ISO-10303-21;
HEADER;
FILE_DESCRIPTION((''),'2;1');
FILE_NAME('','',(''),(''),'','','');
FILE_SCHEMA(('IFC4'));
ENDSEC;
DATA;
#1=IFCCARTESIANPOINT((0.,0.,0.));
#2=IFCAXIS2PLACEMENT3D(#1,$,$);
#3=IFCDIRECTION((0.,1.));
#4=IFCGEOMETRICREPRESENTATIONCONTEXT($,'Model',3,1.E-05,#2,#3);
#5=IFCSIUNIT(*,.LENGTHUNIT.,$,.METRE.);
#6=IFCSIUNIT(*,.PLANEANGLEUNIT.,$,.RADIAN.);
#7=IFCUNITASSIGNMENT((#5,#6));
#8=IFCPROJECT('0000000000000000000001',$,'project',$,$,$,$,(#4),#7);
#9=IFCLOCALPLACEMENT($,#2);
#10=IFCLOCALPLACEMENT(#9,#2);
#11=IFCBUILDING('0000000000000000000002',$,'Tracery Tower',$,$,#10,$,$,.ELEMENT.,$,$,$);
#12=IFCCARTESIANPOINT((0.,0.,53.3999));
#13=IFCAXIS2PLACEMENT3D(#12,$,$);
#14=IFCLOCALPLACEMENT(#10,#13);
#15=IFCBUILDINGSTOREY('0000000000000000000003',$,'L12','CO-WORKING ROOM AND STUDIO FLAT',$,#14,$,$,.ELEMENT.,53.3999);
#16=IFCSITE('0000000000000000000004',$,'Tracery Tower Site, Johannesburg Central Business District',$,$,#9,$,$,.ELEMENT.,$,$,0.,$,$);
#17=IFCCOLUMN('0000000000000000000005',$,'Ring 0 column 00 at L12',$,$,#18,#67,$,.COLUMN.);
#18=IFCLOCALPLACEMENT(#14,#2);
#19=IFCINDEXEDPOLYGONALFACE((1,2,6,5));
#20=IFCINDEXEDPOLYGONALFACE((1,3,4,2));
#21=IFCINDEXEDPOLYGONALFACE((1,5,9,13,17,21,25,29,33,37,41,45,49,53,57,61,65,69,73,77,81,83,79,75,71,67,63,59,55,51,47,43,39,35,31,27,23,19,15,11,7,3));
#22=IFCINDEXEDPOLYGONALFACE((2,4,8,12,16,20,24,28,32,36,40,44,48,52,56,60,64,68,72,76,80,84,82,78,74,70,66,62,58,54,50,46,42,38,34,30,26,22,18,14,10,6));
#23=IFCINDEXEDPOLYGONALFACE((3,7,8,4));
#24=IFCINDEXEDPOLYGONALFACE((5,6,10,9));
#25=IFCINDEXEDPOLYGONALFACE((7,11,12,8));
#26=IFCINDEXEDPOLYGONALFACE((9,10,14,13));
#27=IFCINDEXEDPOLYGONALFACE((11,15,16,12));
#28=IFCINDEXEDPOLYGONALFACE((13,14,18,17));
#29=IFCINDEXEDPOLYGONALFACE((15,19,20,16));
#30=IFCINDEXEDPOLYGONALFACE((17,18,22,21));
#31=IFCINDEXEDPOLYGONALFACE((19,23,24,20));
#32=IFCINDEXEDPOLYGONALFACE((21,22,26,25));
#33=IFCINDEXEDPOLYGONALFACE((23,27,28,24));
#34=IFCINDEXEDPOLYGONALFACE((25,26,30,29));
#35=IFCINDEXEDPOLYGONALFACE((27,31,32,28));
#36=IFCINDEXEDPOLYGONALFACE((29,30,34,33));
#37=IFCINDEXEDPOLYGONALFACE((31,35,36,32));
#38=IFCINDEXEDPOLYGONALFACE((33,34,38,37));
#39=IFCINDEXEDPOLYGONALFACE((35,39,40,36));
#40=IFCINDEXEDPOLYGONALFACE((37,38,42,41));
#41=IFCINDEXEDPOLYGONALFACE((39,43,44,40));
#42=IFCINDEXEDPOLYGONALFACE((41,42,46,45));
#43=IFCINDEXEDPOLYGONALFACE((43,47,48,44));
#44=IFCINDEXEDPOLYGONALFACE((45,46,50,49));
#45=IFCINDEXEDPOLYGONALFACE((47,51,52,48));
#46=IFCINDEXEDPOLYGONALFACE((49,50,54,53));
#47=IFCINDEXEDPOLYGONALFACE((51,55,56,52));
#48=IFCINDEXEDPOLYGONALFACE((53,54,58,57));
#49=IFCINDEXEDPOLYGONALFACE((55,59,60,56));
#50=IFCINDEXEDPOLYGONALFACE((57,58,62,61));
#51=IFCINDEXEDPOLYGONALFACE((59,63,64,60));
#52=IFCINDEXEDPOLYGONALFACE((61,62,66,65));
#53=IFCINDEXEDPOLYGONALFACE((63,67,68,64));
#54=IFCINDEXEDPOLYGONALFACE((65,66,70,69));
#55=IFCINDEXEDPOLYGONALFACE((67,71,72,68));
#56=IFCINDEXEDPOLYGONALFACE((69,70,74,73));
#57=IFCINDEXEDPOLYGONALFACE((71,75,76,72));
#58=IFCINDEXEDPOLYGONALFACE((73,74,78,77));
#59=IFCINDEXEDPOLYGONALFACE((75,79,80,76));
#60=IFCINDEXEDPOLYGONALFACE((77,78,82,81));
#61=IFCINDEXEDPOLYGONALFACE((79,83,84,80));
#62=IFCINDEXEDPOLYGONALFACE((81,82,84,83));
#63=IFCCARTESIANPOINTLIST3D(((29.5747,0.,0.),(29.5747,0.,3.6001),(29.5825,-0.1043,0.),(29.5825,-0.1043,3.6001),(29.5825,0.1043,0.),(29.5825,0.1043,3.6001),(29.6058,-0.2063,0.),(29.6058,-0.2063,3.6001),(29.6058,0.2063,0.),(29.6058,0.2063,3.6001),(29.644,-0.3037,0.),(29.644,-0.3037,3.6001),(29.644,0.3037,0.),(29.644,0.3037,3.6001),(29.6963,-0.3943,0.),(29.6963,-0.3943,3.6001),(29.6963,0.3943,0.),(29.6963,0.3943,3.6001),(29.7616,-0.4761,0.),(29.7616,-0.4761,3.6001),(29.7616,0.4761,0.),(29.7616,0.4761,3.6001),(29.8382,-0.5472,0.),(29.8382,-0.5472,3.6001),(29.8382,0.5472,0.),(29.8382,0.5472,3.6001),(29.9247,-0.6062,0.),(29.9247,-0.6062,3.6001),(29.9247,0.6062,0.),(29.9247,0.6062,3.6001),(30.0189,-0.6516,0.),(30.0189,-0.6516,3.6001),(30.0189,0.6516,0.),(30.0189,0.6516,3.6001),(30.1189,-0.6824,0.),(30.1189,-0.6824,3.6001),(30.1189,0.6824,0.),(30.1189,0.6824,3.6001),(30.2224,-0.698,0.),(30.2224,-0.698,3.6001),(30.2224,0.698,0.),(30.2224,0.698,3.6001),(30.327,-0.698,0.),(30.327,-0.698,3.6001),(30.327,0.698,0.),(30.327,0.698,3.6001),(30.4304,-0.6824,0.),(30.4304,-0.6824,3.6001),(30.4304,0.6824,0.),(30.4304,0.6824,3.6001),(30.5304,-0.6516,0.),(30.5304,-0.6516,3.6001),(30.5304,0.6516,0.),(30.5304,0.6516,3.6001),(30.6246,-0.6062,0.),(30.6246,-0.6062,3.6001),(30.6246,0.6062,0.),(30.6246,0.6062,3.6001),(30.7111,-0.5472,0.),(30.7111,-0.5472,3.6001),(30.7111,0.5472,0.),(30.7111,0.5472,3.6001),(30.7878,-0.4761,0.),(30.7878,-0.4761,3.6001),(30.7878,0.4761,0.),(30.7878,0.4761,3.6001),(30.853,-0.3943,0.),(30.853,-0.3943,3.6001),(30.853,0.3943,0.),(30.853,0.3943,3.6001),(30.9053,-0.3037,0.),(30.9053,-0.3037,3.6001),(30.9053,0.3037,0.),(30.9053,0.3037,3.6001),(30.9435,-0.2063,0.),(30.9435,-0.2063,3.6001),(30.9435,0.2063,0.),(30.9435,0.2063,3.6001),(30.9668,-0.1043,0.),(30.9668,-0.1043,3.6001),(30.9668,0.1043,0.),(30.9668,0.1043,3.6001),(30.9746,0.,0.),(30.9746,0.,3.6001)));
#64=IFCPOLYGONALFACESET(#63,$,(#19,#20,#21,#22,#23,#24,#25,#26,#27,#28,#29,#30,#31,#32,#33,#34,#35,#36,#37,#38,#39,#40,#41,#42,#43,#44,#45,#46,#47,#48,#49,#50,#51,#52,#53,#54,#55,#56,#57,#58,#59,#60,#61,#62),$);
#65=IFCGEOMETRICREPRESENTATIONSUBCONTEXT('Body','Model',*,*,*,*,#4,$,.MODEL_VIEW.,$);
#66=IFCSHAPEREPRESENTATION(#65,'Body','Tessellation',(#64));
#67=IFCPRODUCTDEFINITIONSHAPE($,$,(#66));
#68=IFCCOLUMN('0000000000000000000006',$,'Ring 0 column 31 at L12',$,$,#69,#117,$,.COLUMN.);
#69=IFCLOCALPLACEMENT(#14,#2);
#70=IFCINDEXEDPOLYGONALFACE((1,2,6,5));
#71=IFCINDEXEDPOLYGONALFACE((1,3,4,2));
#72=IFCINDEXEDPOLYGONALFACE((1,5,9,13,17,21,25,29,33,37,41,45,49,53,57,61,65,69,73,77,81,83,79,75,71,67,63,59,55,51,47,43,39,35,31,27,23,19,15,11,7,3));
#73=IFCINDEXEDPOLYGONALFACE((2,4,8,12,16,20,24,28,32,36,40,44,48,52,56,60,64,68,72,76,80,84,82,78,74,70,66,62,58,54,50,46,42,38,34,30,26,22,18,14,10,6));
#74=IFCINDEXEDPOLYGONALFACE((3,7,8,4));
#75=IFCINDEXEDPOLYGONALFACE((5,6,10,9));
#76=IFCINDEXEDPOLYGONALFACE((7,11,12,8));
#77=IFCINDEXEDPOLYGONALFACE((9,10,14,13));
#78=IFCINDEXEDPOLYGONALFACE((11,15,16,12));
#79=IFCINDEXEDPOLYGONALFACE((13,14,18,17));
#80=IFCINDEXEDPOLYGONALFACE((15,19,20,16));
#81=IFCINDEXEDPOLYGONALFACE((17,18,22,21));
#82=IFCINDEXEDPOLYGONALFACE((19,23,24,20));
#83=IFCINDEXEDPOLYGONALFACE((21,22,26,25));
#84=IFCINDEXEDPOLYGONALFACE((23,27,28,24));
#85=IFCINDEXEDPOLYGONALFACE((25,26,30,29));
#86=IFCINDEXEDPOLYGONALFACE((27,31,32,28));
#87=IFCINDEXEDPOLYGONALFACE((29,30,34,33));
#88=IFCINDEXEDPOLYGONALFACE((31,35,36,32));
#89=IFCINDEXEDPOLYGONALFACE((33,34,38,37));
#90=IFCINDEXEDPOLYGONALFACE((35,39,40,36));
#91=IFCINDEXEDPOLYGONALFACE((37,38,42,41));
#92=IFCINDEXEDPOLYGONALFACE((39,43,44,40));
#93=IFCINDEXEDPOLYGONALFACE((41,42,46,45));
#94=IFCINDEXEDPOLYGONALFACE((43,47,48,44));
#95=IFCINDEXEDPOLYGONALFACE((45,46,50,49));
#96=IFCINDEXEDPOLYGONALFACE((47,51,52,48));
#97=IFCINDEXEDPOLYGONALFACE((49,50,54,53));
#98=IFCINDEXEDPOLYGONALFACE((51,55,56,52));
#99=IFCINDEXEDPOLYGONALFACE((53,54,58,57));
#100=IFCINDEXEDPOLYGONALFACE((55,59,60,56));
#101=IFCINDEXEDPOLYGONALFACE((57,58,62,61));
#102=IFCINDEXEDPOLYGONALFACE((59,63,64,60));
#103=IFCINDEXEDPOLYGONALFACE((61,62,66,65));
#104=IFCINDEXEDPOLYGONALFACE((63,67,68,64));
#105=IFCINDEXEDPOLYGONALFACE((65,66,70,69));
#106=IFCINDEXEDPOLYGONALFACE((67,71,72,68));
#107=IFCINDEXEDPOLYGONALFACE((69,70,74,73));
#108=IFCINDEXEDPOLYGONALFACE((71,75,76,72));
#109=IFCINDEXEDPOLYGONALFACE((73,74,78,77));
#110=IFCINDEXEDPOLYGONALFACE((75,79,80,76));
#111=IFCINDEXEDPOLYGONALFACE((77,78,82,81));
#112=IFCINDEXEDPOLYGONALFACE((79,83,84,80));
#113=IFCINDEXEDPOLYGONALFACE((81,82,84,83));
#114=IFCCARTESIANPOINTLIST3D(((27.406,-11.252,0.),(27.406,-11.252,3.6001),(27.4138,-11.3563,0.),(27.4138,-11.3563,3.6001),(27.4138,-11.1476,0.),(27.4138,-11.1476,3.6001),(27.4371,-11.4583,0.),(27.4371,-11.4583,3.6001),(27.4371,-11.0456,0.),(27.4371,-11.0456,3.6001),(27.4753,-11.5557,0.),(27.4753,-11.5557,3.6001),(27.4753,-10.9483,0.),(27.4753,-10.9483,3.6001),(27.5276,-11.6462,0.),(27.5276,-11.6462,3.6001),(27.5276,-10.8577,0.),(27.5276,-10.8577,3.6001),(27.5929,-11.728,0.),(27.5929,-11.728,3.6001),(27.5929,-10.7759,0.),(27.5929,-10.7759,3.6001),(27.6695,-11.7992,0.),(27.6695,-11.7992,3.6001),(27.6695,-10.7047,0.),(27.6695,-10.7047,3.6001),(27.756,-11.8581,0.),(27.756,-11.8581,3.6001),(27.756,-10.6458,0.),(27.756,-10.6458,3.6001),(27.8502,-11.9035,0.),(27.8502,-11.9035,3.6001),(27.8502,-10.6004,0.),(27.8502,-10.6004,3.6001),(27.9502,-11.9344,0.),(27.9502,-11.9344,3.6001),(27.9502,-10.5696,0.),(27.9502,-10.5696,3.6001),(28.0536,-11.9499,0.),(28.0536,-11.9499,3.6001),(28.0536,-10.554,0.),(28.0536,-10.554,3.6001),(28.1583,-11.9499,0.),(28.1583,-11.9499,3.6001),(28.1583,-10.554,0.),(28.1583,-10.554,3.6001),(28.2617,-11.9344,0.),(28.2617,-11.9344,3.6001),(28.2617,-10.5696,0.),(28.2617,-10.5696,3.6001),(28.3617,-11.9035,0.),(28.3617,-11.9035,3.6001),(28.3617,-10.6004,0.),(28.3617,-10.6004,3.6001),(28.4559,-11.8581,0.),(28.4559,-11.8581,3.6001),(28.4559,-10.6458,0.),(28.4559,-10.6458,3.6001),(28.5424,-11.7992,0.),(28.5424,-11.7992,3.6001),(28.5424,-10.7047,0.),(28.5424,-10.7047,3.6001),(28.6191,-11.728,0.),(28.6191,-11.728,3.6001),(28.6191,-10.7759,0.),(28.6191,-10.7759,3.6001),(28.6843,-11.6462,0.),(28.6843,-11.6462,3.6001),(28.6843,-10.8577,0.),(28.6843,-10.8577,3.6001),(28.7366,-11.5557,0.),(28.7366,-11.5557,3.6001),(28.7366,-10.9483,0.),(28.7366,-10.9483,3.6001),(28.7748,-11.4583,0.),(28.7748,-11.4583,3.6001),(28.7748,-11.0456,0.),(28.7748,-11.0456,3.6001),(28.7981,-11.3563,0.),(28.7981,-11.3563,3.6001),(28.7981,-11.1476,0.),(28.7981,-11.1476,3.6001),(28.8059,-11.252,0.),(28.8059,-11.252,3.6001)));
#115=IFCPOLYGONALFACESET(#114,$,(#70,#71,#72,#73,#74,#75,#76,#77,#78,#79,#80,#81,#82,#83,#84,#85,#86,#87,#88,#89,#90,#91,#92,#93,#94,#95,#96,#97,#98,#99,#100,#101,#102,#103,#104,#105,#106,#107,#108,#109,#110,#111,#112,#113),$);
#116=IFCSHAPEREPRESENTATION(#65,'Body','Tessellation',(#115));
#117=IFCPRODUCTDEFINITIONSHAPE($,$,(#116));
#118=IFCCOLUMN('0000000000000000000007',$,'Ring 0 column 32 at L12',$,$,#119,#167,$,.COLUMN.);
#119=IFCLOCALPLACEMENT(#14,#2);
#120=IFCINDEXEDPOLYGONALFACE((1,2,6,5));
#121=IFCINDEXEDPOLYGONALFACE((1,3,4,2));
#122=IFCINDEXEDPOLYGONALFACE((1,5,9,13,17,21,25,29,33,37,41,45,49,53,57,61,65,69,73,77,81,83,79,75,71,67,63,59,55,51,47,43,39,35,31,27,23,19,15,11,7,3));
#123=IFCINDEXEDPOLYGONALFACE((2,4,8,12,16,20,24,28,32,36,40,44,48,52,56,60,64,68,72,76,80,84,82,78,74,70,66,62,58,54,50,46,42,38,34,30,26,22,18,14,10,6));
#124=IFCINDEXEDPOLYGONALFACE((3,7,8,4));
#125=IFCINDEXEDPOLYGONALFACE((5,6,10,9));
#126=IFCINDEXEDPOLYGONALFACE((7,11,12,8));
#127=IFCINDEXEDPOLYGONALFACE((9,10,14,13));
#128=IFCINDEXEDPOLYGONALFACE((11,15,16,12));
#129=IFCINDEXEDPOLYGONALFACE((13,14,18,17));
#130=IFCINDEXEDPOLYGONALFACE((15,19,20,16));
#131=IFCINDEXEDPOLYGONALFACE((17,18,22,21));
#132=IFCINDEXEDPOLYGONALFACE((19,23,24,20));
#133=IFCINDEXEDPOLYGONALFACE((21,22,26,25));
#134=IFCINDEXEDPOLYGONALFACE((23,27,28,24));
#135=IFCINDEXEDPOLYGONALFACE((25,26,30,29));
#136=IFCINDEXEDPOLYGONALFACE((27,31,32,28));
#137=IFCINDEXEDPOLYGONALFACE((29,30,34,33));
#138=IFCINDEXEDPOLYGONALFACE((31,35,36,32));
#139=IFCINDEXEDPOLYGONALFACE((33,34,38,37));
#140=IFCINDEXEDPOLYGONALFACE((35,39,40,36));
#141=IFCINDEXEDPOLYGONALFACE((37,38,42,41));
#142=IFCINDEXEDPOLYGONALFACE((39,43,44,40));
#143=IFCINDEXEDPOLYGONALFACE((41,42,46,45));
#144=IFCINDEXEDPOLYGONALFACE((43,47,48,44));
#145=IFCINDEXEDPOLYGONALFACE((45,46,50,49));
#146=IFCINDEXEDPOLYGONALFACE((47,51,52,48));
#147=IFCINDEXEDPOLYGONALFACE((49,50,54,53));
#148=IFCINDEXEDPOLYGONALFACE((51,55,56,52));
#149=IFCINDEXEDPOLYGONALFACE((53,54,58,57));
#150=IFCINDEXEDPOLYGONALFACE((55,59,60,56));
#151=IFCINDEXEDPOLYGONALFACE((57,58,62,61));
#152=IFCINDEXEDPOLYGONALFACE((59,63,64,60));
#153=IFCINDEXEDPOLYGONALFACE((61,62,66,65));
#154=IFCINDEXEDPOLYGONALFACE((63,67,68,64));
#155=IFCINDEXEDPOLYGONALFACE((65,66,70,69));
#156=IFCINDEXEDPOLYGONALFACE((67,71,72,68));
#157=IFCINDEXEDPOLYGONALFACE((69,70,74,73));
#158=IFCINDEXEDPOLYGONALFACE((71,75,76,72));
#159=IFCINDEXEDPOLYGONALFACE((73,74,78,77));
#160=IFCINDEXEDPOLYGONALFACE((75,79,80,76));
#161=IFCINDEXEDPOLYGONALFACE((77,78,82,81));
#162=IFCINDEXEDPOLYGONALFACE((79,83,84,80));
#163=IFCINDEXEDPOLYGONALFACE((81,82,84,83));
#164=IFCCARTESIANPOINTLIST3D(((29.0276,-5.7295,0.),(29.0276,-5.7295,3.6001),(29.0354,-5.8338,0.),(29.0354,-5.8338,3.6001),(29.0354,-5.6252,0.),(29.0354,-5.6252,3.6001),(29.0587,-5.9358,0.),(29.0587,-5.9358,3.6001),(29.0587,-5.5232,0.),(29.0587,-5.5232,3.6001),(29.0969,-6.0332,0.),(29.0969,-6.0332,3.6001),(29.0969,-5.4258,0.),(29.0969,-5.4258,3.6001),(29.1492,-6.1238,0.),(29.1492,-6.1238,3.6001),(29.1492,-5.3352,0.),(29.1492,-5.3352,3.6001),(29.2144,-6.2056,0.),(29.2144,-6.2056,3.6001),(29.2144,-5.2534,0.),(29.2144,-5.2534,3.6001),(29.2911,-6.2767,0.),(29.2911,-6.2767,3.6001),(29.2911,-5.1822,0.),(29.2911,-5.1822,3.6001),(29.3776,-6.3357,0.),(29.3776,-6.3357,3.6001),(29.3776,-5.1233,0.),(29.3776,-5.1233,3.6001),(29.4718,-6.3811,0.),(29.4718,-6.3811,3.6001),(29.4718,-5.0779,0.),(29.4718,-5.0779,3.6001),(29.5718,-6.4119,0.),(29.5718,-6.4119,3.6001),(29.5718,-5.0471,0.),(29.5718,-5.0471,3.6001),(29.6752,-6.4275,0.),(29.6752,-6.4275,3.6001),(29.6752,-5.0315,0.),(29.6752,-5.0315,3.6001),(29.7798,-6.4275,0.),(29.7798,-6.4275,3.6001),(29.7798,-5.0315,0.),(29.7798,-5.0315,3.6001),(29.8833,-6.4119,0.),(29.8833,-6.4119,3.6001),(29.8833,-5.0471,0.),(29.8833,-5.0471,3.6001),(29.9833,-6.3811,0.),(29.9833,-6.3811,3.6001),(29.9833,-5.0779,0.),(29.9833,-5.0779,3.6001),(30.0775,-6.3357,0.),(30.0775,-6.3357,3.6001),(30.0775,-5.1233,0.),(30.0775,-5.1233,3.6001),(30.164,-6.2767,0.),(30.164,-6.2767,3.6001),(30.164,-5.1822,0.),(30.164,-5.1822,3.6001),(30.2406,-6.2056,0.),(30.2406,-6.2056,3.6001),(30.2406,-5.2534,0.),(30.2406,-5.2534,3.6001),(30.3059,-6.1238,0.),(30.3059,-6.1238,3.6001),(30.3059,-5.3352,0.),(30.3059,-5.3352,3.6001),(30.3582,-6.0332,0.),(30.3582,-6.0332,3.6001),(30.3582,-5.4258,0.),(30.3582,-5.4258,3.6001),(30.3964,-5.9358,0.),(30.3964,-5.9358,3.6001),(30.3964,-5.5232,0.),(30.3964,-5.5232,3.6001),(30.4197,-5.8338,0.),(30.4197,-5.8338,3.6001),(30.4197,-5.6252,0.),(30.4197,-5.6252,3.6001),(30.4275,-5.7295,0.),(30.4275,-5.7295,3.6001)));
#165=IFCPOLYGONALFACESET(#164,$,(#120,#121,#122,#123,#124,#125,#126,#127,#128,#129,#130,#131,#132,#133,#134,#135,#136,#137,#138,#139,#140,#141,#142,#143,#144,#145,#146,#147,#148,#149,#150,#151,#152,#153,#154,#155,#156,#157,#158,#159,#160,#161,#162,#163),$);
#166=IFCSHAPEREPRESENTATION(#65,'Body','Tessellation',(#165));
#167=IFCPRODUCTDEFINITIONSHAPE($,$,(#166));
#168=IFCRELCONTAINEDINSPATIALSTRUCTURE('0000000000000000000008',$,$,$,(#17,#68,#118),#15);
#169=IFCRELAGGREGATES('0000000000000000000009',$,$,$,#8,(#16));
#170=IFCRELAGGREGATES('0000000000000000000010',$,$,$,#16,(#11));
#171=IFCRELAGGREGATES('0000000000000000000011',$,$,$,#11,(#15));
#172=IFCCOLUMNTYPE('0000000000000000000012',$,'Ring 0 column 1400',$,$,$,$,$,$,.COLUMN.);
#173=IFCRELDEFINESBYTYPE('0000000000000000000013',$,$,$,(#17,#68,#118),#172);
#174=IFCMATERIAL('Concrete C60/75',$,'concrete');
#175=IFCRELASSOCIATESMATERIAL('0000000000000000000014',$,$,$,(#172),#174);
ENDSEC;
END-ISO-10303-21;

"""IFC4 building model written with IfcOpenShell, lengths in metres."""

from ifc_helpers import new_model, si_unit, direction, frame, origin, origin_2d, place, context, subcontext, project, spatial, circle, extrude, material, material_profile, profile_set, type_object, element, save


model = new_model("IFC4")

# Units and contexts
model_context = context("Model", 3, precision=1e-05, world=origin(), true_north=direction((0.0, 1.0)))
body_context = subcontext(model_context, "Body", "Model", "MODEL_VIEW")
ifc_project = project(units=[si_unit("LENGTHUNIT", "METRE"), si_unit("PLANEANGLEUNIT", "RADIAN")], contexts=[model_context])

# Site, building, storey
site_placement = place(None, origin())
site = spatial("IfcSite", under=ifc_project, at=site_placement, Name="Tracery Tower Site, Johannesburg Central Business District", CompositionType="ELEMENT", RefElevation=0.0)
building_placement = place(site_placement, origin())
building = spatial("IfcBuilding", under=site, at=building_placement, Name="Tracery Tower", CompositionType="ELEMENT")
storey_placement = place(building_placement, frame((0.0, 0.0, 53.3999)))
storey = spatial("IfcBuildingStorey", under=building, at=storey_placement, Name="L12", Description="CO-WORKING ROOM AND STUDIO FLAT", CompositionType="ELEMENT", Elevation=53.3999)

# Columns
ifc_material_1 = material(Name="Concrete C60/75", Category="concrete")
ifc_material_profile_1 = material_profile(ifc_material_1, circle(Radius=0.7, at=origin_2d()), Name="RC D1400")
ifc_profile_set_1 = profile_set([ifc_material_profile_1], Name="Concrete C60/75")
column_type_1 = type_object("IfcColumnType", Name="Ring 0 column 1400", PredefinedType="COLUMN", material=ifc_profile_set_1)
for number, where, z_axis, x_axis, name in (
    (1, (30.2747, 0.0, 0.0), (0.0, 0.0, 1.0), (1.0, 0.0, 0.0), "Ring 0 column 00 at L12"),
    (2, (28.106, -11.252, 0.0), (0.0, 0.0, 1.0), (1.0, 0.0, 0.0), "Ring 0 column 31 at L12"),
    (3, (29.7275, -5.7295, 0.0), (0.0, 0.0, 1.0), (1.0, 0.0, 0.0), "Ring 0 column 32 at L12"),
):
    element("IfcColumn", number, at=place(storey_placement, frame(where, z_axis=z_axis, x_axis=x_axis)), inside=storey, type_object=column_type_1, Name=name, PredefinedType="COLUMN", context=body_context, shape_type="SweptSolid", body=[
        extrude(circle(Radius=0.7, at=origin_2d()), origin(), (0.0, 0.0, 1.0), 3.6001),
    ])

save(model, "model.ifc")
